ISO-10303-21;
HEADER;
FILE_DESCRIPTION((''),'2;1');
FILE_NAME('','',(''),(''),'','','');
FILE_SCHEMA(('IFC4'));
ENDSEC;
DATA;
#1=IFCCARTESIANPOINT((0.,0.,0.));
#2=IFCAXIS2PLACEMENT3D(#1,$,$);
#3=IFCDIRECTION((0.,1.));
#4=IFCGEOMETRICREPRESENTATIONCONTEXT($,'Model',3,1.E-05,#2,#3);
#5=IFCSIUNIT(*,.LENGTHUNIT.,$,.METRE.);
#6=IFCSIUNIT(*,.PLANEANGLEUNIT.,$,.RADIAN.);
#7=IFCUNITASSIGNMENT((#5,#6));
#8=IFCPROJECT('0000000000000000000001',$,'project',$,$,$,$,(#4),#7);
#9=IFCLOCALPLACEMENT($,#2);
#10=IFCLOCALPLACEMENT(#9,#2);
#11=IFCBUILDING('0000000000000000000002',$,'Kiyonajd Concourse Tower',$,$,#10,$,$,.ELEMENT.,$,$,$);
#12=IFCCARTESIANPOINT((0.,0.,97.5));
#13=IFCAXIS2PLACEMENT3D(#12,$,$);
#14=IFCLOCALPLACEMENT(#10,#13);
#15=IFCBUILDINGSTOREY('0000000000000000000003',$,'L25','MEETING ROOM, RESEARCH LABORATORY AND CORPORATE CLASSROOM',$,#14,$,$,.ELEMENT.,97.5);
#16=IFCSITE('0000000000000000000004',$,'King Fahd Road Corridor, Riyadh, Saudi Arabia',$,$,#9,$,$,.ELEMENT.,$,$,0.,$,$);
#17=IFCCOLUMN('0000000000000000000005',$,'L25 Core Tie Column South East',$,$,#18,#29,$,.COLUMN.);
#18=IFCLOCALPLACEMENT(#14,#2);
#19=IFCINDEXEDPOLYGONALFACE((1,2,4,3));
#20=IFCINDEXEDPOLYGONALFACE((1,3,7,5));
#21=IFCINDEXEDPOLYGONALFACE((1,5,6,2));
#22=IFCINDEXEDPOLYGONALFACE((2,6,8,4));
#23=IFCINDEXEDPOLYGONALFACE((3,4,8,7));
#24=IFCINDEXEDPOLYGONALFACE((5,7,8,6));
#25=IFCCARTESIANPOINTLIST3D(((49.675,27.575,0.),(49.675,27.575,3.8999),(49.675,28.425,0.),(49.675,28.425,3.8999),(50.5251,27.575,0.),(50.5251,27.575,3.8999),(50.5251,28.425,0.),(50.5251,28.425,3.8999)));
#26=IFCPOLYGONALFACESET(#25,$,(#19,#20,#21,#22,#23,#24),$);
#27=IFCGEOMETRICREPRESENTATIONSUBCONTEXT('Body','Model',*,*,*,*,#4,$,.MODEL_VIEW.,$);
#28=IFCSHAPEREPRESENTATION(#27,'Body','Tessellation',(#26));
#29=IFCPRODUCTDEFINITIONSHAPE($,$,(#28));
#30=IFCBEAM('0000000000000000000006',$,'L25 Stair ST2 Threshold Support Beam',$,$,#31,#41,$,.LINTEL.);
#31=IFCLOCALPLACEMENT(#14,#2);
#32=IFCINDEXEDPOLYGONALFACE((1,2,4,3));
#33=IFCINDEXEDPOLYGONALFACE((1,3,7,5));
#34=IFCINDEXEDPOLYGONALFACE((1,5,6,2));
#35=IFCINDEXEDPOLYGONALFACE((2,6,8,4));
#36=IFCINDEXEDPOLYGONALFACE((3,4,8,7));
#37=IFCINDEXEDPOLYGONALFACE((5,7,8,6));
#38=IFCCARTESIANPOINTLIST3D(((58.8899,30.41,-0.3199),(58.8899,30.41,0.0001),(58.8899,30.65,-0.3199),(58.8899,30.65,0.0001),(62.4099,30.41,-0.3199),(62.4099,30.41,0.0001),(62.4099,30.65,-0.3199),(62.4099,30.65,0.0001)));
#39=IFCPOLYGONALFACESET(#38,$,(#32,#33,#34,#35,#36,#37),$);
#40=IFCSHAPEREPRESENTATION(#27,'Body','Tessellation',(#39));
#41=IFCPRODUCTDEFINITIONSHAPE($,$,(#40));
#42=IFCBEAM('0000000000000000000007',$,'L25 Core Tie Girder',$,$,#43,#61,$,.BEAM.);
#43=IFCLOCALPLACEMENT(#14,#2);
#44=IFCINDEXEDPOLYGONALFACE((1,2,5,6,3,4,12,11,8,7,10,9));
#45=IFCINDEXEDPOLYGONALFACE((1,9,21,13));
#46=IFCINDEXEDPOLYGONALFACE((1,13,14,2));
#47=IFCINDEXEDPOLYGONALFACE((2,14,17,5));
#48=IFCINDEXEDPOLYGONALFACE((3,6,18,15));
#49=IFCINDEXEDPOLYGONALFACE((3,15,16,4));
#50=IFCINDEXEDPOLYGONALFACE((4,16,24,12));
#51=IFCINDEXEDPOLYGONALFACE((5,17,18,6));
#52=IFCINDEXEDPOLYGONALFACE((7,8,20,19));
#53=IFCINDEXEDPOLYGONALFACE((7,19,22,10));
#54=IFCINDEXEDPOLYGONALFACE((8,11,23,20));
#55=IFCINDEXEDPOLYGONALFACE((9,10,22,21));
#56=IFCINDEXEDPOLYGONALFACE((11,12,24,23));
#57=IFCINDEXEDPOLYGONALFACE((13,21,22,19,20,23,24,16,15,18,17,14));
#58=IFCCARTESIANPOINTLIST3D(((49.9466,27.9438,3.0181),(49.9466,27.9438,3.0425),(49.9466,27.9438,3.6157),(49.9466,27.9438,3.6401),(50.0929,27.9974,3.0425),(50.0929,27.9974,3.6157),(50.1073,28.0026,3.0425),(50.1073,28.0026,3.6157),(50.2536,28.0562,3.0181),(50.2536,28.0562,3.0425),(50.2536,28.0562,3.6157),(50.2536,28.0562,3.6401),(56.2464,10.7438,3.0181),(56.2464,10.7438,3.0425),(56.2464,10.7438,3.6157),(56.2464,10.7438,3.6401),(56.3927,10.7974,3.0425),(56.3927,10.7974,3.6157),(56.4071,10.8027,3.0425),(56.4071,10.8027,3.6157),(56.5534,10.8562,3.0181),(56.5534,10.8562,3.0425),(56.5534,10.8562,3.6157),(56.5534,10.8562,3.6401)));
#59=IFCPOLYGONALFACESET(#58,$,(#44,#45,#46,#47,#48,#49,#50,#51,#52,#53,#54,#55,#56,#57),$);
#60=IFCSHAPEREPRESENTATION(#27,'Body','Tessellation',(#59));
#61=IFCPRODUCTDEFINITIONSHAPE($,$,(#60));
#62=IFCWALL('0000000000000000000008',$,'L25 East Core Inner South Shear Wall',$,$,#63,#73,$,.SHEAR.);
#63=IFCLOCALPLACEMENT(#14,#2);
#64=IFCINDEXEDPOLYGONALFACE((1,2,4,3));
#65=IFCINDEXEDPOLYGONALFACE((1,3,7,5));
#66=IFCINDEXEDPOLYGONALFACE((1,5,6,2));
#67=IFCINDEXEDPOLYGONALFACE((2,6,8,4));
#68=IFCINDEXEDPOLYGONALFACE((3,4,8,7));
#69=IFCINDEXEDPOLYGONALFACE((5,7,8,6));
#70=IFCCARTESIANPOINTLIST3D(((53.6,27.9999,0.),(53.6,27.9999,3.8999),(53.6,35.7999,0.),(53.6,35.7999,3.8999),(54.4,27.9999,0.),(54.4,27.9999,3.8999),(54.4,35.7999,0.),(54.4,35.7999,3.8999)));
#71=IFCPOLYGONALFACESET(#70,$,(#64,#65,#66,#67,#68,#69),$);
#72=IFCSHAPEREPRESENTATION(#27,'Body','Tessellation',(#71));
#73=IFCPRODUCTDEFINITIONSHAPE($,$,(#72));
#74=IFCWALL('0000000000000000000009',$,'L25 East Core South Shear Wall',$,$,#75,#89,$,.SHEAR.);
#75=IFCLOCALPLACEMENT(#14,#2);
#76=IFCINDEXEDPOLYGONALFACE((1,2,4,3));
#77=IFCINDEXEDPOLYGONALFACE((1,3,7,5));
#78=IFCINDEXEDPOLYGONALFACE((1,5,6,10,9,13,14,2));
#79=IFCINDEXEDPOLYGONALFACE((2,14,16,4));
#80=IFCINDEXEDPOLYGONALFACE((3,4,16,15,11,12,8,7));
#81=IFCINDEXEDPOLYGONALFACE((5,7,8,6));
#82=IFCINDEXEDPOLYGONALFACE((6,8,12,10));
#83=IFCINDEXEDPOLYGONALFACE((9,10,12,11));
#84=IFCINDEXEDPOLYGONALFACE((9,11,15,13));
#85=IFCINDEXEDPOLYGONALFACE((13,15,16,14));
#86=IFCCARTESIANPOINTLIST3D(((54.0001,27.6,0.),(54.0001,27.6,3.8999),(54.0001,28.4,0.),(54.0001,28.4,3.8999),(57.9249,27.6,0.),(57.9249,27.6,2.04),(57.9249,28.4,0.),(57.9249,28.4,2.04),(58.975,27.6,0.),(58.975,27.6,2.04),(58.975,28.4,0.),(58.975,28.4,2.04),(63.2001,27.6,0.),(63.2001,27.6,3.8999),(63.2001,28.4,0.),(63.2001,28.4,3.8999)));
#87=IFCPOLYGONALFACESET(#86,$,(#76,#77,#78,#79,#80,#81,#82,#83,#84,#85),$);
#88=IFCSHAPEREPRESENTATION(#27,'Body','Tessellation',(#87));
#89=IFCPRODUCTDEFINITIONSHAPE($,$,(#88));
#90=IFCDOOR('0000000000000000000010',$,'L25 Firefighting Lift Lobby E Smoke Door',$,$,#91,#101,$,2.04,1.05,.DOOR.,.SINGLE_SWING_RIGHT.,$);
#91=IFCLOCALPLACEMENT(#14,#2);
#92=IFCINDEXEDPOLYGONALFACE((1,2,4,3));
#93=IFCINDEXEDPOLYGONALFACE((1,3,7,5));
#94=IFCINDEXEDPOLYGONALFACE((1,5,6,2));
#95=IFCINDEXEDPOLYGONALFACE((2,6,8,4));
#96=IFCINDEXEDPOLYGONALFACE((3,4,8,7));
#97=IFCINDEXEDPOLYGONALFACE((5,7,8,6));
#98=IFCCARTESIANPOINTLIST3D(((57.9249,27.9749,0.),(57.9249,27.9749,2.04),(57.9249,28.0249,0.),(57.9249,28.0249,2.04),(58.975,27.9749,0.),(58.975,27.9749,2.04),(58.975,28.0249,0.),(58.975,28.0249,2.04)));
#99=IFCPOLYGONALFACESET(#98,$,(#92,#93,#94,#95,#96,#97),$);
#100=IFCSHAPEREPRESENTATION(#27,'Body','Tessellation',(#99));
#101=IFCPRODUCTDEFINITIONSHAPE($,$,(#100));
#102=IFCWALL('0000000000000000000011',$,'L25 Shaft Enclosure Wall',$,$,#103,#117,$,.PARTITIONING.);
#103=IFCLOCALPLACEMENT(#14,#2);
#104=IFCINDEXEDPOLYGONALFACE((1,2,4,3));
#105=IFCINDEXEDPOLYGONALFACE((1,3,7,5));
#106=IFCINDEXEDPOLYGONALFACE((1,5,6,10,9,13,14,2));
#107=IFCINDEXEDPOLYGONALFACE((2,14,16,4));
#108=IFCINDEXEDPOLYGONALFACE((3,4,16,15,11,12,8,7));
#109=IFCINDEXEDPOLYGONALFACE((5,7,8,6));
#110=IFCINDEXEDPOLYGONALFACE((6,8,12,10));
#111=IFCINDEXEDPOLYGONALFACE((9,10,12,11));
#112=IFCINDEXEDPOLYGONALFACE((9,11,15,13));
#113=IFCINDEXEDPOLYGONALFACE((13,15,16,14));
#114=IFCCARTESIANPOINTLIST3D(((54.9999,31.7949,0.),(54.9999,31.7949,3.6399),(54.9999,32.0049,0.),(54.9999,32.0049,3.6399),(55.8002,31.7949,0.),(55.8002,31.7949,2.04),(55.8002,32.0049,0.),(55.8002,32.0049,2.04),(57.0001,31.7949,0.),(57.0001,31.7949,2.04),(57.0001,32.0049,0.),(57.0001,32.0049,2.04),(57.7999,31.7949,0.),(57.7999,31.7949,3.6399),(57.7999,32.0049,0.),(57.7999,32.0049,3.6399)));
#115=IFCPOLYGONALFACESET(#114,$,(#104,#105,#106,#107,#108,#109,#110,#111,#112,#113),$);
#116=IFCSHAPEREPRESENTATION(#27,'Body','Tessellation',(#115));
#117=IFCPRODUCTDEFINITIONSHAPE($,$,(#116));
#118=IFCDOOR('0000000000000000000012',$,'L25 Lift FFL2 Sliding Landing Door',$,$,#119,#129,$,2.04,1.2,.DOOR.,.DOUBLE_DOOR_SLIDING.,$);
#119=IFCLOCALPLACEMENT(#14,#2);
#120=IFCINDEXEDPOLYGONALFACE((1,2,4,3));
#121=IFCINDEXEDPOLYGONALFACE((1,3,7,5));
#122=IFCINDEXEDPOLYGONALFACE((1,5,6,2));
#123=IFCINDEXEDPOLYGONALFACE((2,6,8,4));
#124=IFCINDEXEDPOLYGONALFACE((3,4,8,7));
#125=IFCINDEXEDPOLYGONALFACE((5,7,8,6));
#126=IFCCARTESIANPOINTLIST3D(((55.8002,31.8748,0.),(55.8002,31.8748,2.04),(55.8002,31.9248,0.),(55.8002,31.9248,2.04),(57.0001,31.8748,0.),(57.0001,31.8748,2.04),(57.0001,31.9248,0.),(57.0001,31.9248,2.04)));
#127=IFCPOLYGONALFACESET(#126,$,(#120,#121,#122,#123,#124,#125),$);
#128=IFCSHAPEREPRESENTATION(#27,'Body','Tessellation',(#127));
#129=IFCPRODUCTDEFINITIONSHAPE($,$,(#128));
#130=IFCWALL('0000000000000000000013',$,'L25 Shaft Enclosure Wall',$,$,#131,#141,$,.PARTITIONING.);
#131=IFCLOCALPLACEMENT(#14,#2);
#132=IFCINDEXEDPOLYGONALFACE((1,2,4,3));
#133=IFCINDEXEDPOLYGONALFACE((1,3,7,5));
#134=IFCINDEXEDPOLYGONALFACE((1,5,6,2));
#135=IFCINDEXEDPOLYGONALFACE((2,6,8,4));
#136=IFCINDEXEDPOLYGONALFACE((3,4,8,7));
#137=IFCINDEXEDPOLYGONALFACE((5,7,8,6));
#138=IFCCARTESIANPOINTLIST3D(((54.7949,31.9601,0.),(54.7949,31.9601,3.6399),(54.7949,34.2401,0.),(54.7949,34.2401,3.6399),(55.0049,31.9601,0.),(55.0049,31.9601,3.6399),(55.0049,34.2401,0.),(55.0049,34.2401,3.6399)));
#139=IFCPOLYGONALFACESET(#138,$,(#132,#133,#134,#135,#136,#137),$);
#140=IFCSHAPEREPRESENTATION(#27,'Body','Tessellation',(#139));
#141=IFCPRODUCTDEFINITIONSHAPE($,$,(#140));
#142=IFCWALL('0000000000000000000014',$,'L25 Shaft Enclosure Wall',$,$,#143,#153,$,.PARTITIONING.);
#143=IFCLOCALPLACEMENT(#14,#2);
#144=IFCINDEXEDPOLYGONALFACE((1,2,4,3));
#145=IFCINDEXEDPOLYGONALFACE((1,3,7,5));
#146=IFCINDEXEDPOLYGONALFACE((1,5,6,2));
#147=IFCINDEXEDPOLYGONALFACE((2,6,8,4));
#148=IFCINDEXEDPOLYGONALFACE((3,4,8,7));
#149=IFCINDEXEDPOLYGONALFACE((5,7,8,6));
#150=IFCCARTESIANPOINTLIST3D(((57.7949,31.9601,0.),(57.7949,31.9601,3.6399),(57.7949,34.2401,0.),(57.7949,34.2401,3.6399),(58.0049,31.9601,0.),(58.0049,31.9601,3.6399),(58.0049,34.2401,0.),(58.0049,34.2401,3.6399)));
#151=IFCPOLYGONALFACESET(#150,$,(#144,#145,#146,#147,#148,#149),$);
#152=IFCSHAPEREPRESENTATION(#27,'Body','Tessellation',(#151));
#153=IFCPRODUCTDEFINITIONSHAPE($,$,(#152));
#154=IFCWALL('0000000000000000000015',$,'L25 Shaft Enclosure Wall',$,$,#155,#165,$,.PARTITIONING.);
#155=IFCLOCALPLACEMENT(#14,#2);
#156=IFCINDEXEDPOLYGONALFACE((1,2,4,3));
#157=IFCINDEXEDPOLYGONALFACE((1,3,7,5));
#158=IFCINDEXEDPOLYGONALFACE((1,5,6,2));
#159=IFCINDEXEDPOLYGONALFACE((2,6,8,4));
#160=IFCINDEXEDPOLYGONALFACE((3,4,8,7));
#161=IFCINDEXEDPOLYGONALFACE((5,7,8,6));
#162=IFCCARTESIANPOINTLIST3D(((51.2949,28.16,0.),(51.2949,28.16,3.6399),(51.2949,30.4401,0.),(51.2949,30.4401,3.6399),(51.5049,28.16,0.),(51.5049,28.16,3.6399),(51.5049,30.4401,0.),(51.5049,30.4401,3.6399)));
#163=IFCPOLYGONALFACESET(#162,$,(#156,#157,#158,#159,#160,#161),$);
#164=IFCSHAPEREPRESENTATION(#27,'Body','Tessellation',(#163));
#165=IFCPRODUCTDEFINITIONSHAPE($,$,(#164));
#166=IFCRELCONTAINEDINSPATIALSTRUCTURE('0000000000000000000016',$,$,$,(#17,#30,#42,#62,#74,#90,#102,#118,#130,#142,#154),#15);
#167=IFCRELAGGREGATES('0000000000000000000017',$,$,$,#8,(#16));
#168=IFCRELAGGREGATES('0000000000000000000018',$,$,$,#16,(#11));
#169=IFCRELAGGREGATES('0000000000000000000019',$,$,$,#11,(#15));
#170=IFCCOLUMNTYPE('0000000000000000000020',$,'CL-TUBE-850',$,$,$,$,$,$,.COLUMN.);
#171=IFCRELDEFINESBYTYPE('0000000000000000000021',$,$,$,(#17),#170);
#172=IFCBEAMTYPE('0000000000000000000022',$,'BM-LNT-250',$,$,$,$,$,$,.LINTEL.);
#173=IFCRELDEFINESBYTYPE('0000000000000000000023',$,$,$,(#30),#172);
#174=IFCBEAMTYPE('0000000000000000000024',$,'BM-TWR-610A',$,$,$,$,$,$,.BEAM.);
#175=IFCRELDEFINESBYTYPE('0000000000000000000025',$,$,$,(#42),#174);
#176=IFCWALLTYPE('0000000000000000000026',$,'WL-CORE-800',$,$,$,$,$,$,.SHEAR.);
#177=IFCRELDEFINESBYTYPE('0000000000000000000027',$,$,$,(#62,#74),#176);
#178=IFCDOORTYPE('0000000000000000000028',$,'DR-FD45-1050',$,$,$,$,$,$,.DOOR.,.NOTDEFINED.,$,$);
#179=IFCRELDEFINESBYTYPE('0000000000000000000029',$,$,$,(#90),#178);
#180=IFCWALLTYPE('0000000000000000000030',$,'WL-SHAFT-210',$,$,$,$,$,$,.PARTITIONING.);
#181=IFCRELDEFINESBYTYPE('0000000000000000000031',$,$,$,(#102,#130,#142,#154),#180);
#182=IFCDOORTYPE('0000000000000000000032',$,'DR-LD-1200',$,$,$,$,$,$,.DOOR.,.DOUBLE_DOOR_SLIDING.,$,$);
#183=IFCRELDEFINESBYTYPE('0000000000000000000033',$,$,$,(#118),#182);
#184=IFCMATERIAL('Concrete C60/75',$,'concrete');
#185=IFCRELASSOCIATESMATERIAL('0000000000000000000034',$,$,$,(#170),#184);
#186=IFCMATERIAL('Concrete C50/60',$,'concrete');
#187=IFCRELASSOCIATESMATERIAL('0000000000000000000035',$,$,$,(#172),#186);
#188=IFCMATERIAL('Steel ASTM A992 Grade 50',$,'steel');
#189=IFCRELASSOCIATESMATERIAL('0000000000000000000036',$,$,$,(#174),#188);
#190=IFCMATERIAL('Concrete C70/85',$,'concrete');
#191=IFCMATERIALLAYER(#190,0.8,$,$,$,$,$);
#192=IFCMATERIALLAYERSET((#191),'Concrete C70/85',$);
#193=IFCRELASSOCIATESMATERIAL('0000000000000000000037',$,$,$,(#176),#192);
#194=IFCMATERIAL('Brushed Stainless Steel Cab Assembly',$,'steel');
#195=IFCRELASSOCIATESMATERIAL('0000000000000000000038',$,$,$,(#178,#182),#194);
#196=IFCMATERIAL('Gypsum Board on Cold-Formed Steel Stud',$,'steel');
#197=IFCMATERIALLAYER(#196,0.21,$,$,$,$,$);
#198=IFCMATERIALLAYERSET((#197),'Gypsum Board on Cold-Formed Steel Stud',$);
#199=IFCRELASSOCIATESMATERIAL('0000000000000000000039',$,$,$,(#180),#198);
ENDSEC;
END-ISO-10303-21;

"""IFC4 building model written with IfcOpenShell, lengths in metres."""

from ifc_helpers import new_model, si_unit, direction, frame, frame_2d, origin, origin_2d, place, context, subcontext, project, spatial, rectangle, i_section, extrude, material, layer, layer_set, material_profile, profile_set, type_object, element, fill, save


model = new_model("IFC4")

# Units and contexts
model_context = context("Model", 3, precision=1e-05, world=origin(), true_north=direction((0.0, 1.0)))
body_context = subcontext(model_context, "Body", "Model", "MODEL_VIEW")
ifc_project = project(units=[si_unit("LENGTHUNIT", "METRE"), si_unit("PLANEANGLEUNIT", "RADIAN")], contexts=[model_context])

# Site, building, storey
site_placement = place(None, origin())
site = spatial("IfcSite", under=ifc_project, at=site_placement, Name="King Fahd Road Corridor, Riyadh, Saudi Arabia", CompositionType="ELEMENT", RefElevation=0.0)
building_placement = place(site_placement, origin())
building = spatial("IfcBuilding", under=site, at=building_placement, Name="Kiyonajd Concourse Tower", CompositionType="ELEMENT")
storey_placement = place(building_placement, frame((0.0, 0.0, 97.5)))
storey = spatial("IfcBuildingStorey", under=building, at=storey_placement, Name="L25", Description="MEETING ROOM, RESEARCH LABORATORY AND CORPORATE CLASSROOM", CompositionType="ELEMENT", Elevation=97.5)

# Column
ifc_material_1 = material(Name="Concrete C60/75", Category="concrete")
ifc_material_profile_1 = material_profile(ifc_material_1, rectangle(XDim=0.8501, YDim=0.8501, at=origin_2d()), Name="RC-850x850")
ifc_profile_set_1 = profile_set([ifc_material_profile_1], Name="Concrete C60/75")
column_type = type_object("IfcColumnType", Name="CL-TUBE-850", PredefinedType="COLUMN", material=ifc_profile_set_1)
column_placement = place(storey_placement, frame((50.1001, 28.0, 0.0), z_axis=(0.0, 0.0, 1.0), x_axis=(1.0, 0.0, 0.0)))
element("IfcColumn", 1, at=column_placement, inside=storey, type_object=column_type, Name="L25 Core Tie Column South East", PredefinedType="COLUMN", context=body_context, shape_type="SweptSolid", body=[
    extrude(rectangle(XDim=0.8501, YDim=0.8501, at=origin_2d()), origin(), (0.0, 0.0, 1.0), 3.8999),
])

# Beams
ifc_material_2 = material(Name="Concrete C50/60", Category="concrete")
ifc_material_profile_2 = material_profile(ifc_material_2, rectangle(XDim=0.24, YDim=0.3201, at=origin_2d()), Name="RCBM-240x320")
ifc_profile_set_2 = profile_set([ifc_material_profile_2], Name="Concrete C50/60")
beam_type_1 = type_object("IfcBeamType", Name="BM-LNT-250", PredefinedType="LINTEL", material=ifc_profile_set_2)
beam_1_placement = place(storey_placement, frame((58.8899, 30.53, -0.1599), z_axis=(1.0, 0.0, 0.0), x_axis=(0.0, 1.0, 0.0)))
element("IfcBeam", 2, at=beam_1_placement, inside=storey, type_object=beam_type_1, Name="L25 Stair ST2 Threshold Support Beam", PredefinedType="LINTEL", context=body_context, shape_type="SweptSolid", body=[
    extrude(rectangle(XDim=0.24, YDim=0.3201, at=origin_2d()), origin(), (0.0, 0.0, 1.0), 3.52),
])
ifc_material_3 = material(Name="Steel ASTM A992 Grade 50", Category="steel")
ifc_material_profile_3 = material_profile(ifc_material_3, i_section(OverallWidth=0.3269, OverallDepth=0.6221, WebThickness=0.0154, FlangeThickness=0.0244, at=origin_2d()), Name="W610X195")
ifc_profile_set_3 = profile_set([ifc_material_profile_3], Name="Steel ASTM A992 Grade 50")
beam_type_2 = type_object("IfcBeamType", Name="BM-TWR-610A", PredefinedType="BEAM", material=ifc_profile_set_3)
beam_2_placement = place(storey_placement, frame((50.1001, 28.0, 3.3291), z_axis=(0.343925, -0.938997, 0.0), x_axis=(0.938997, 0.343925, 0.0)))
element("IfcBeam", 3, at=beam_2_placement, inside=storey, type_object=beam_type_2, Name="L25 Core Tie Girder", PredefinedType="BEAM", context=body_context, shape_type="SweptSolid", body=[
    extrude(i_section(OverallWidth=0.3269, OverallDepth=0.6221, WebThickness=0.0154, FlangeThickness=0.0244, at=origin_2d()), origin(), (0.0, 0.0, 1.0), 18.3174),
])

# Wall
ifc_material_4 = material(Name="Concrete C70/85", Category="concrete")
ifc_layer_1 = layer(ifc_material_4, 0.8)
ifc_layer_set_1 = layer_set([ifc_layer_1], Name="Concrete C70/85")
wall_type_1 = type_object("IfcWallType", Name="WL-CORE-800", PredefinedType="SHEAR", material=ifc_layer_set_1)
wall_1_placement = place(storey_placement, frame((54.0, 28.0, 0.0), z_axis=(0.0, 0.0, 1.0), x_axis=(0.0, 1.0, 0.0)))
element("IfcWall", 4, at=wall_1_placement, inside=storey, type_object=wall_type_1, Name="L25 East Core Inner South Shear Wall", PredefinedType="SHEAR", context=body_context, shape_type="SweptSolid", body=[
    extrude(rectangle(XDim=7.8, YDim=0.8, at=frame_2d((3.8999, 0.0))), origin(), (0.0, 0.0, 1.0), 3.8999),
])

# Walls, openings, doors
wall_2_placement = place(storey_placement, frame((54.0, 28.0, 0.0), z_axis=(0.0, 0.0, 1.0), x_axis=(1.0, 0.0, 0.0)))
wall_2 = element("IfcWall", 5, at=wall_2_placement, inside=storey, type_object=wall_type_1, Name="L25 East Core South Shear Wall", PredefinedType="SHEAR", context=body_context, shape_type="SweptSolid", body=[
    extrude(rectangle(XDim=9.2, YDim=0.8, at=frame_2d((4.6001, 0.0))), origin(), (0.0, 0.0, 1.0), 3.8999),
])
opening_1_placement = place(wall_2_placement, frame((3.925, 0.0, 0.0)))
opening_1 = element("IfcOpeningElement", 6, at=opening_1_placement, cuts=wall_2, PredefinedType="OPENING", context=body_context, shape_type="SweptSolid", body=[
    extrude(rectangle(XDim=1.05, YDim=2.04, at=frame_2d((0.5249, 1.02))), frame((0.0, 0.4099, 0.0), z_axis=(0.0, -1.0, 0.0), x_axis=(1.0, 0.0, 0.0)), (0.0, 0.0, 1.0), 0.8201),
])
ifc_material_5 = material(Name="Brushed Stainless Steel Cab Assembly", Category="steel")
door_type_1 = type_object("IfcDoorType", Name="DR-FD45-1050", OperationType="NOTDEFINED", PredefinedType="DOOR", material=ifc_material_5)
door_1_placement = place(opening_1_placement, origin())
door_1 = element("IfcDoor", 7, at=door_1_placement, inside=storey, type_object=door_type_1, Name="L25 Firefighting Lift Lobby E Smoke Door", OperationType="SINGLE_SWING_RIGHT", OverallHeight=2.04, OverallWidth=1.05, PredefinedType="DOOR", context=body_context, shape_type="SweptSolid", body=[
    extrude(rectangle(XDim=1.05, YDim=2.04, at=frame_2d((0.5249, 1.02))), frame((0.0, 0.0249, 0.0), z_axis=(0.0, -1.0, 0.0), x_axis=(1.0, 0.0, 0.0)), (0.0, 0.0, 1.0), 0.05),
])
fill(opening_1, door_1)
ifc_material_6 = material(Name="Gypsum Board on Cold-Formed Steel Stud", Category="steel")
ifc_layer_2 = layer(ifc_material_6, 0.21)
ifc_layer_set_2 = layer_set([ifc_layer_2], Name="Gypsum Board on Cold-Formed Steel Stud")
wall_type_2 = type_object("IfcWallType", Name="WL-SHAFT-210", PredefinedType="PARTITIONING", material=ifc_layer_set_2)
wall_3_placement = place(storey_placement, frame((55.0, 31.8999, 0.0), z_axis=(0.0, 0.0, 1.0), x_axis=(1.0, 0.0, 0.0)))
wall_3 = element("IfcWall", 8, at=wall_3_placement, inside=storey, type_object=wall_type_2, Name="L25 Shaft Enclosure Wall", PredefinedType="PARTITIONING", context=body_context, shape_type="SweptSolid", body=[
    extrude(rectangle(XDim=2.8, YDim=0.21, at=frame_2d((1.3999, 0.0))), origin(), (0.0, 0.0, 1.0), 3.6399),
])
opening_2_placement = place(wall_3_placement, frame((0.8, 0.0, 0.0)))
opening_2 = element("IfcOpeningElement", 9, at=opening_2_placement, cuts=wall_3, PredefinedType="OPENING", context=body_context, shape_type="SweptSolid", body=[
    extrude(rectangle(XDim=1.2, YDim=2.04, at=frame_2d((0.6001, 1.02))), frame((0.0, 0.115, 0.0), z_axis=(0.0, -1.0, 0.0), x_axis=(1.0, 0.0, 0.0)), (0.0, 0.0, 1.0), 0.23),
])
door_type_2 = type_object("IfcDoorType", Name="DR-LD-1200", OperationType="DOUBLE_DOOR_SLIDING", PredefinedType="DOOR", material=ifc_material_5)
door_2_placement = place(opening_2_placement, origin())
door_2 = element("IfcDoor", 10, at=door_2_placement, inside=storey, type_object=door_type_2, Name="L25 Lift FFL2 Sliding Landing Door", OperationType="DOUBLE_DOOR_SLIDING", OverallHeight=2.04, OverallWidth=1.2, PredefinedType="DOOR", context=body_context, shape_type="SweptSolid", body=[
    extrude(rectangle(XDim=1.2, YDim=2.04, at=frame_2d((0.6001, 1.02))), frame((0.0, 0.0249, 0.0), z_axis=(0.0, -1.0, 0.0), x_axis=(1.0, 0.0, 0.0)), (0.0, 0.0, 1.0), 0.05),
])
fill(opening_2, door_2)

# Walls
for number, where, z_axis, x_axis, name in (
    (11, (54.8999, 31.96, 0.0), (0.0, 0.0, 1.0), (0.0, 1.0, 0.0), "L25 Shaft Enclosure Wall"),
    (12, (57.8999, 31.96, 0.0), (0.0, 0.0, 1.0), (0.0, 1.0, 0.0), "L25 Shaft Enclosure Wall"),
    (13, (51.3999, 28.1599, 0.0), (0.0, 0.0, 1.0), (0.0, 1.0, 0.0), "L25 Shaft Enclosure Wall"),
):
    element("IfcWall", number, at=place(storey_placement, frame(where, z_axis=z_axis, x_axis=x_axis)), inside=storey, type_object=wall_type_2, Name=name, PredefinedType="PARTITIONING", context=body_context, shape_type="SweptSolid", body=[
        extrude(rectangle(XDim=2.28, YDim=0.21, at=frame_2d((1.1401, 0.0))), origin(), (0.0, 0.0, 1.0), 3.6399),
    ])

save(model, "model.ifc")
